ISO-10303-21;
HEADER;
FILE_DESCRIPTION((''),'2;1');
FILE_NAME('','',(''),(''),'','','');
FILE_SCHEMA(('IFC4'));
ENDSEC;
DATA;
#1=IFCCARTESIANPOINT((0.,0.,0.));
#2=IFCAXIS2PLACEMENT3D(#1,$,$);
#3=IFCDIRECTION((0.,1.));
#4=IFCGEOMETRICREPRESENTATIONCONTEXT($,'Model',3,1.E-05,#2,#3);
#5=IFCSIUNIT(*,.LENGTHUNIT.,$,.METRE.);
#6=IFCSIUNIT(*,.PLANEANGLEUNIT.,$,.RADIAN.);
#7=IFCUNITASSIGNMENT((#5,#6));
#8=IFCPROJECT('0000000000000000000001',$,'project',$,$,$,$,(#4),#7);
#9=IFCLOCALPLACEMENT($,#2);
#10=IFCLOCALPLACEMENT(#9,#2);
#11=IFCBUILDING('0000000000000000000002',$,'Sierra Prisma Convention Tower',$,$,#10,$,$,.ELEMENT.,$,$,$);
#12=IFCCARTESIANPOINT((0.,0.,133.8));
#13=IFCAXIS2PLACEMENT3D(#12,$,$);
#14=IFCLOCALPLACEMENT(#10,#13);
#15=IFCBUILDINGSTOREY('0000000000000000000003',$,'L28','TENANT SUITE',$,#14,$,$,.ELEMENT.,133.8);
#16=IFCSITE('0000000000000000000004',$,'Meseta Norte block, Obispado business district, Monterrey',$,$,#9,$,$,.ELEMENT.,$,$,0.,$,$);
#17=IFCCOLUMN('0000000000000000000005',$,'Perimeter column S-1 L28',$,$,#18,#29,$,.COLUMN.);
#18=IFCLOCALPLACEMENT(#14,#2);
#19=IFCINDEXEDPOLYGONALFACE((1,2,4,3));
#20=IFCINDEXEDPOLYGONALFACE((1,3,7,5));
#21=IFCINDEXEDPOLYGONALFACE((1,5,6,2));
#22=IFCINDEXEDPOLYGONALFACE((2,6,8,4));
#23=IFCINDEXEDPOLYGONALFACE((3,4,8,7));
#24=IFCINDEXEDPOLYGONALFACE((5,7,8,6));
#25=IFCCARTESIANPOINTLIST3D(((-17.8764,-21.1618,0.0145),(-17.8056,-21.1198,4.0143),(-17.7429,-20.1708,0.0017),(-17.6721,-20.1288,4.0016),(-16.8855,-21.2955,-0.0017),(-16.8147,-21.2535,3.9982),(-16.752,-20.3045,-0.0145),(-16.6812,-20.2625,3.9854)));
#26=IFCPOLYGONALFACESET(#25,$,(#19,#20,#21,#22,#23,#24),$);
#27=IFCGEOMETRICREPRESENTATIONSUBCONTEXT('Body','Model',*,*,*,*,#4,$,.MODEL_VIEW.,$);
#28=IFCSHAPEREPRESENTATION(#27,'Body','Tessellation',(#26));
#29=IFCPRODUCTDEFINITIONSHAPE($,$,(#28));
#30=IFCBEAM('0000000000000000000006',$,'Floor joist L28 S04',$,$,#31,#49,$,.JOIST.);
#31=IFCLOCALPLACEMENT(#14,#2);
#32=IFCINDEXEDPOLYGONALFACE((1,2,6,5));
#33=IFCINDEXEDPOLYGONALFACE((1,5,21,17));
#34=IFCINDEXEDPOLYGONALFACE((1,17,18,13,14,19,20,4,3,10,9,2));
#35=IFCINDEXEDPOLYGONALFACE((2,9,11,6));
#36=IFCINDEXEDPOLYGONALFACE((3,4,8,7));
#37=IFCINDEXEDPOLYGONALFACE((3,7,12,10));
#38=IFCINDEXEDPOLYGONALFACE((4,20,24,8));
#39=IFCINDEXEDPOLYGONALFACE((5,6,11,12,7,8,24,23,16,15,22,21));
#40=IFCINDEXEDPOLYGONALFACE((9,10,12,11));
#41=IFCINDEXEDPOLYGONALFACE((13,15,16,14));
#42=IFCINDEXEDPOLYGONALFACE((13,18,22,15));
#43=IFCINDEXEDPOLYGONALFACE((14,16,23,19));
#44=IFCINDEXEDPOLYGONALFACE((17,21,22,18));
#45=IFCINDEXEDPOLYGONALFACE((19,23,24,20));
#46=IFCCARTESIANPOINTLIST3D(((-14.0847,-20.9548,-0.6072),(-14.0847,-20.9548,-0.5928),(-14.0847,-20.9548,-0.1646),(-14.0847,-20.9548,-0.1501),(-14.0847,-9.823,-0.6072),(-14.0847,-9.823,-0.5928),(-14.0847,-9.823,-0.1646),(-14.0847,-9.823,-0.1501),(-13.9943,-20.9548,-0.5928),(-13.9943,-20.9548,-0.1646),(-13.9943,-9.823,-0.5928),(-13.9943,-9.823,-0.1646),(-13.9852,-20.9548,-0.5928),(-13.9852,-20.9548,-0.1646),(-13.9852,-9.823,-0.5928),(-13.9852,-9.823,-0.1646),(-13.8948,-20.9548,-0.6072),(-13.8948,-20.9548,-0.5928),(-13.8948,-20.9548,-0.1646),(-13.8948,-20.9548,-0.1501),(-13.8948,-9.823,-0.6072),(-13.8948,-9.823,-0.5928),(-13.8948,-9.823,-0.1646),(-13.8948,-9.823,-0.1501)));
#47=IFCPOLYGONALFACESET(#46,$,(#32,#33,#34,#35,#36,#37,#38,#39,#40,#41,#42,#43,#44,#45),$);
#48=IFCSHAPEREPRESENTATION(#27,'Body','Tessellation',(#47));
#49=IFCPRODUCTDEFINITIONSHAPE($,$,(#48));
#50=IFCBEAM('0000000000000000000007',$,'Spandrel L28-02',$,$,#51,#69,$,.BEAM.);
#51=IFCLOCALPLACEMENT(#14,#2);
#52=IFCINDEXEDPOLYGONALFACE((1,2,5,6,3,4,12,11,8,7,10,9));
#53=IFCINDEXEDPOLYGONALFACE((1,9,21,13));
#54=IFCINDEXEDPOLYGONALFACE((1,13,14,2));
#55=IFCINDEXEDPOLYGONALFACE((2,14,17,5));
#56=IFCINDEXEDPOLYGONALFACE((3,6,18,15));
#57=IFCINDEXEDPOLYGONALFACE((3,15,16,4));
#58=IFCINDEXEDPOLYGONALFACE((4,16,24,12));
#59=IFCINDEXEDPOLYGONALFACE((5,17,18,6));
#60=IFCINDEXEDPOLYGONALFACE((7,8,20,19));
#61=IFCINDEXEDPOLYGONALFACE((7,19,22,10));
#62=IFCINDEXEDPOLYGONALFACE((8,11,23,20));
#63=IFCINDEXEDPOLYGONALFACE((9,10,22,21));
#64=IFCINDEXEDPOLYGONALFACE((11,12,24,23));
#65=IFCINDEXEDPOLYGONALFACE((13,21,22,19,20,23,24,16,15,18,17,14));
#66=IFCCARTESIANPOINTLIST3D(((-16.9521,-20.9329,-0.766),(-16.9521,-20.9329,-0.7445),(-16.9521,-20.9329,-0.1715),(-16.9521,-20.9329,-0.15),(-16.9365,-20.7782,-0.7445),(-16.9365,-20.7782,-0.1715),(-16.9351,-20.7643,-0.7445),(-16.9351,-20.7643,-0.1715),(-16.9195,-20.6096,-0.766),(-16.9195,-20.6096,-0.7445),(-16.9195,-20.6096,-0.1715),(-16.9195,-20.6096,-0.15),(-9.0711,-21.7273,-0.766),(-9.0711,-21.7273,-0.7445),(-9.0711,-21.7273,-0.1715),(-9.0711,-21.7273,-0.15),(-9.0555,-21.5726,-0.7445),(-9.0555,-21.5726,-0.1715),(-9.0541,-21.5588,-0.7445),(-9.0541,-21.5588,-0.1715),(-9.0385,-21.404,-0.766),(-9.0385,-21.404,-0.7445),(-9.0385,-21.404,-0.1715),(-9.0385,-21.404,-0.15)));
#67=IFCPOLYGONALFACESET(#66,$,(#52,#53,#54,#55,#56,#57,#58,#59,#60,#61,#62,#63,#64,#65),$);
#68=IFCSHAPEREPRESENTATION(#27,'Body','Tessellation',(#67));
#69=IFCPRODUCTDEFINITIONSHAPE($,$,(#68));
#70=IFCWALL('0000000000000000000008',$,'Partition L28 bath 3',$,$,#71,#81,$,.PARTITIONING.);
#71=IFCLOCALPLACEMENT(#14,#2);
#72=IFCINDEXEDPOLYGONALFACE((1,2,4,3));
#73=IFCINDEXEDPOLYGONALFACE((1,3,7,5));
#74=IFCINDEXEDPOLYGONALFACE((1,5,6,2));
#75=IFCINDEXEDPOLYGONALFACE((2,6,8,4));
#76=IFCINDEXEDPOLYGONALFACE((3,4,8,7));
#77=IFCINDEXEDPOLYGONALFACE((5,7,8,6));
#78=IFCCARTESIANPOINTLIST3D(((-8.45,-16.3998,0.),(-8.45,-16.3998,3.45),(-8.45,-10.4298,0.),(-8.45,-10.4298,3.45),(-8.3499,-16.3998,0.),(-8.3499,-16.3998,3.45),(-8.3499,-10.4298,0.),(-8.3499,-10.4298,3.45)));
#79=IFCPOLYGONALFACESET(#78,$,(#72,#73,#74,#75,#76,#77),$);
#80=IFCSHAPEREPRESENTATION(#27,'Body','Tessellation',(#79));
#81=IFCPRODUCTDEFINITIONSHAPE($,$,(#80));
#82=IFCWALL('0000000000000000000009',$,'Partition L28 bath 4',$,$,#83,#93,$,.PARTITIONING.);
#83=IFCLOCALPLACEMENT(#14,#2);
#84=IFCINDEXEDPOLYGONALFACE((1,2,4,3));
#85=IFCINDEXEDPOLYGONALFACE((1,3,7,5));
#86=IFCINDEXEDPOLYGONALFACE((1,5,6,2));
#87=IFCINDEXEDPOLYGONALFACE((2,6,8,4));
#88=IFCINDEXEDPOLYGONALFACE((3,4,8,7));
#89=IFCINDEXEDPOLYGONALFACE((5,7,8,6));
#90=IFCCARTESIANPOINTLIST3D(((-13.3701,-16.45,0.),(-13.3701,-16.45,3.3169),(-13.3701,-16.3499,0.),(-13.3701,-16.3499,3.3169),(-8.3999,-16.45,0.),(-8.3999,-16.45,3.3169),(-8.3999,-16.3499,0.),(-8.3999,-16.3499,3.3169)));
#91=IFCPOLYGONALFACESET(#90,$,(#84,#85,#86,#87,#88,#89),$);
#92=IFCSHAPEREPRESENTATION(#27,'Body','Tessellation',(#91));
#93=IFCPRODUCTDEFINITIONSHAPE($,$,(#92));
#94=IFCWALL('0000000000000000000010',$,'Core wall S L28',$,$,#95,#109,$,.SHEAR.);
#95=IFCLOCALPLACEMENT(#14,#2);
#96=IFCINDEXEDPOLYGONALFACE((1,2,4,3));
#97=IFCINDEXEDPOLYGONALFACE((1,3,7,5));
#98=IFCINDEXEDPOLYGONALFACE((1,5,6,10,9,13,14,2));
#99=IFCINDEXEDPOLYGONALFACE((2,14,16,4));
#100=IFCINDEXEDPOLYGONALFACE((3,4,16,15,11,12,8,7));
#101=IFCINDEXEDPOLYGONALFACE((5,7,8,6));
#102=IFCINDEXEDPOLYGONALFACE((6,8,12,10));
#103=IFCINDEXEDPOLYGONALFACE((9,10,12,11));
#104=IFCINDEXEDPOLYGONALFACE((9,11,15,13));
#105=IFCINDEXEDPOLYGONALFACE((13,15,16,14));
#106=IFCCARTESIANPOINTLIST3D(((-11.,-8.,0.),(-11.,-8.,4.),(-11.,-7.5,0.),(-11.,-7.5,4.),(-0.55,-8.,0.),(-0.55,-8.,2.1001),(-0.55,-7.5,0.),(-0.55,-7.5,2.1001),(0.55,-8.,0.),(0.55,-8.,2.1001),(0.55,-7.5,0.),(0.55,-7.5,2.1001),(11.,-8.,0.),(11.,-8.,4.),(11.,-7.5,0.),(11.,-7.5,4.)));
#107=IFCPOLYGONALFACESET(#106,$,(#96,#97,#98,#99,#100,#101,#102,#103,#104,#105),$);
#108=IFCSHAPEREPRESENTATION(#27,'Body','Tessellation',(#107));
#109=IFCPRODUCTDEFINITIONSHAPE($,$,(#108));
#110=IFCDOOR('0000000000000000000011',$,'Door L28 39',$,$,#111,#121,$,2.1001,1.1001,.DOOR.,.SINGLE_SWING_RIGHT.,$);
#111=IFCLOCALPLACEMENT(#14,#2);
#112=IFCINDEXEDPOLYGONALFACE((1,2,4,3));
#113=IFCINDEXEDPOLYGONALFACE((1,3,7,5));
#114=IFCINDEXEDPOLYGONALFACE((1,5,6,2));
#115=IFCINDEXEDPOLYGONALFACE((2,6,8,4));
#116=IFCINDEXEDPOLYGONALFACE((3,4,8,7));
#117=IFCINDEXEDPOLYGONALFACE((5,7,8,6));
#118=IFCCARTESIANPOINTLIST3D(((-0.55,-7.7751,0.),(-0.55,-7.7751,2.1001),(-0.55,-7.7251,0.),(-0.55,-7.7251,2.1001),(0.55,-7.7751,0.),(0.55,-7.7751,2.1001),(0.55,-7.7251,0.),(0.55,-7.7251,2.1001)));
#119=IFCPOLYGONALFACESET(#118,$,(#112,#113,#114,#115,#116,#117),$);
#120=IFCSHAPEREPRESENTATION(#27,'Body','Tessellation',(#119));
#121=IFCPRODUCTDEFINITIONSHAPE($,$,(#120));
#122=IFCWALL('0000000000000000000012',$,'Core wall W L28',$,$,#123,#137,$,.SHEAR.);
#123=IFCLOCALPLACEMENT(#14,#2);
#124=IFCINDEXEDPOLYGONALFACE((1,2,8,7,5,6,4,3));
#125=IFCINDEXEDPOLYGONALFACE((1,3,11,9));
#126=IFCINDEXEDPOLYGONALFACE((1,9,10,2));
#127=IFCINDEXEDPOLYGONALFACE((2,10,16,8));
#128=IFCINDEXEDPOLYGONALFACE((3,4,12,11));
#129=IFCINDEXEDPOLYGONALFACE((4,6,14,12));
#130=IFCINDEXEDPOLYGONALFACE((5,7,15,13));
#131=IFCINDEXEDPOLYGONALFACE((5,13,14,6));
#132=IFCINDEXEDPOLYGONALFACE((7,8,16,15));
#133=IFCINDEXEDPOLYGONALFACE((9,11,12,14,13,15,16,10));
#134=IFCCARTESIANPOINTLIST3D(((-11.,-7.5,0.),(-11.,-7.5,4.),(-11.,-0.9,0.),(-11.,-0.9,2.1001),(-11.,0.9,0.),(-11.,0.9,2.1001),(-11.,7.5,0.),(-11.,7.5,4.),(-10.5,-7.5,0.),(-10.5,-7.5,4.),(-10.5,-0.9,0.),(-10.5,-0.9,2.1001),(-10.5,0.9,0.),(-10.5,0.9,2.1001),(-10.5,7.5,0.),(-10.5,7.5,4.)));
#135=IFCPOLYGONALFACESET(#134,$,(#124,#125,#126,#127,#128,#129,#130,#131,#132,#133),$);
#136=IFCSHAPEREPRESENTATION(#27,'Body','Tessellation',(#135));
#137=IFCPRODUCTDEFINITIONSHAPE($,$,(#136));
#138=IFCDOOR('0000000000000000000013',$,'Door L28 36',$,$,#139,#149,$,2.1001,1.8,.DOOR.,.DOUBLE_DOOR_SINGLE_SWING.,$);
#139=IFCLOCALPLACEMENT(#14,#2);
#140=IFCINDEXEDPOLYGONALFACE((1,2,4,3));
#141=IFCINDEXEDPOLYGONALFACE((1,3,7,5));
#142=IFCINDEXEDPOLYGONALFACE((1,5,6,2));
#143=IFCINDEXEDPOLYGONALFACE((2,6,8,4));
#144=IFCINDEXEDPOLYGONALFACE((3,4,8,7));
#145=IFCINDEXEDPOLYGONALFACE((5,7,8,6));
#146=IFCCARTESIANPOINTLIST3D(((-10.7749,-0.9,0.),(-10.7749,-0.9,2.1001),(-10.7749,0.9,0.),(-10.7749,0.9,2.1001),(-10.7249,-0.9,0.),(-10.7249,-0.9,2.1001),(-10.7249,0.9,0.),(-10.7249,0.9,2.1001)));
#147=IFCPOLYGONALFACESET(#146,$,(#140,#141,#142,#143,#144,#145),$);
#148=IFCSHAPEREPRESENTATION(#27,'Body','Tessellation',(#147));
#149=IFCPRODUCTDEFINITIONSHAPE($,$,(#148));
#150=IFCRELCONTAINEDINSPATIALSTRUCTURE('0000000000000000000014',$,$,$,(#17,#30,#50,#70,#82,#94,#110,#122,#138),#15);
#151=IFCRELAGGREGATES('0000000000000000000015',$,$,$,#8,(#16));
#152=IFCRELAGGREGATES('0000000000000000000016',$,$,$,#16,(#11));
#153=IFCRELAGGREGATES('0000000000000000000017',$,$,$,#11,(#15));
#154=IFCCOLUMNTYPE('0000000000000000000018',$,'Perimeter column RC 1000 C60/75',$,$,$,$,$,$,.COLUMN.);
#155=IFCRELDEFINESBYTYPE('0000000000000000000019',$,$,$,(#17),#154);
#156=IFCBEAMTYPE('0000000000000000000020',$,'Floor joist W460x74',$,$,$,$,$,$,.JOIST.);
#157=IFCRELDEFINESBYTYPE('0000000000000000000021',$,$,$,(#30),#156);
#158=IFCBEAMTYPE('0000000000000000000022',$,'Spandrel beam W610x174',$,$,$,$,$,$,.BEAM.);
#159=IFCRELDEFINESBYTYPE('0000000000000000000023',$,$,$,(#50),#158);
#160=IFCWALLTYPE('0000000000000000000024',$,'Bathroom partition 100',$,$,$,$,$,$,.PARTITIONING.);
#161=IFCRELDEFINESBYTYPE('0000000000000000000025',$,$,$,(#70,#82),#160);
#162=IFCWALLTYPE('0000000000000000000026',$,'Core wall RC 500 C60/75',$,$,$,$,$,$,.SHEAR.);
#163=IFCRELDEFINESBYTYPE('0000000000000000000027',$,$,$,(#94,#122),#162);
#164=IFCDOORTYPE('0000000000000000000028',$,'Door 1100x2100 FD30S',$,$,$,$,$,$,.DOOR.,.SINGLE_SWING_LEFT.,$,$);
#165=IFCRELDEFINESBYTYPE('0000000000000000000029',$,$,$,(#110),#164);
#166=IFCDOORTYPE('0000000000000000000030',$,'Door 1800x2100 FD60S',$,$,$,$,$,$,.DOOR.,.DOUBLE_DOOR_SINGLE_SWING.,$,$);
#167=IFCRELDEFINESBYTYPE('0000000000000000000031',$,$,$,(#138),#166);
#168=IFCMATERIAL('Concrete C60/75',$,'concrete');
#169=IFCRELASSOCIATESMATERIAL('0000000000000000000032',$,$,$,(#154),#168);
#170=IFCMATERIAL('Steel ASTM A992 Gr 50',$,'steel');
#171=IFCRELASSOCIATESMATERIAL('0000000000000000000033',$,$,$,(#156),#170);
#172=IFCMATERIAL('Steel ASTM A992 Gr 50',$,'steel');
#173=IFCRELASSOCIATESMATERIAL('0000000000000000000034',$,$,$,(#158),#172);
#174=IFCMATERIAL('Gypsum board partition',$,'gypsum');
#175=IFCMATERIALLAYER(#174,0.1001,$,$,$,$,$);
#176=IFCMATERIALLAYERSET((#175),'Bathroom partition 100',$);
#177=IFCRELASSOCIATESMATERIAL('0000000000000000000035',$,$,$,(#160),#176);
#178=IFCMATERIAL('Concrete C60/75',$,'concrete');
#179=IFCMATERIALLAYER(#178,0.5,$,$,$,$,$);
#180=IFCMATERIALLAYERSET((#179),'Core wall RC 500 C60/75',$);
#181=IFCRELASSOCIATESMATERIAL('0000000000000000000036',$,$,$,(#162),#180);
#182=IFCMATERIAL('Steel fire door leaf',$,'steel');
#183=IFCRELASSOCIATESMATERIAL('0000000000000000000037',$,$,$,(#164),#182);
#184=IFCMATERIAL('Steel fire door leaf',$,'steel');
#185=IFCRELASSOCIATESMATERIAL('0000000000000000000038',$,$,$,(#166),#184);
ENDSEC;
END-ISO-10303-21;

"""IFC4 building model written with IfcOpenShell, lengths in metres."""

from ifc_helpers import new_model, si_unit, direction, frame, frame_2d, origin, origin_2d, place, context, subcontext, project, spatial, rectangle, i_section, extrude, material, layer, layer_set, material_profile, profile_set, type_object, element, fill, save


model = new_model("IFC4")

# Units and contexts
model_context = context("Model", 3, precision=1e-05, world=origin(), true_north=direction((0.0, 1.0)))
body_context = subcontext(model_context, "Body", "Model", "MODEL_VIEW")
ifc_project = project(units=[si_unit("LENGTHUNIT", "METRE"), si_unit("PLANEANGLEUNIT", "RADIAN")], contexts=[model_context])

# Site, building, storey
site_placement = place(None, origin())
site = spatial("IfcSite", under=ifc_project, at=site_placement, Name="Meseta Norte block, Obispado business district, Monterrey", CompositionType="ELEMENT", RefElevation=0.0)
building_placement = place(site_placement, origin())
building = spatial("IfcBuilding", under=site, at=building_placement, Name="Sierra Prisma Convention Tower", CompositionType="ELEMENT")
storey_placement = place(building_placement, frame((0.0, 0.0, 133.8)))
storey = spatial("IfcBuildingStorey", under=building, at=storey_placement, Name="L28", Description="TENANT SUITE", CompositionType="ELEMENT", Elevation=133.8)

# Column
ifc_material_1 = material(Name="Concrete C60/75", Category="concrete")
ifc_material_profile_1 = material_profile(ifc_material_1, rectangle(XDim=1.0, YDim=1.0, at=origin_2d()), Name="Perimeter column RC 1000 C60/75")
ifc_profile_set_1 = profile_set([ifc_material_profile_1], Name="Concrete C60/75")
column_type = type_object("IfcColumnType", Name="Perimeter column RC 1000 C60/75", PredefinedType="COLUMN", material=ifc_profile_set_1)
column_placement = place(storey_placement, frame((-17.3142, -20.7332, 0.0), z_axis=(0.017696, 0.010496, 0.999788), x_axis=(-0.99089, 0.133706, 0.016135)))
element("IfcColumn", 1, at=column_placement, inside=storey, type_object=column_type, Name="Perimeter column S-1 L28", PredefinedType="COLUMN", context=body_context, shape_type="SweptSolid", body=[
    extrude(rectangle(XDim=1.0, YDim=1.0, at=origin_2d()), origin(), (0.0, 0.0, 1.0), 4.0007),
])

# Beams
ifc_material_2 = material(Name="Steel ASTM A992 Gr 50", Category="steel")
ifc_material_profile_2 = material_profile(ifc_material_2, i_section(OverallWidth=0.1899, OverallDepth=0.457, WebThickness=0.009, FlangeThickness=0.0144, at=origin_2d()), Name="W460x74")
ifc_profile_set_2 = profile_set([ifc_material_profile_2], Name="Steel ASTM A992 Gr 50")
beam_type_1 = type_object("IfcBeamType", Name="Floor joist W460x74", PredefinedType="JOIST", material=ifc_profile_set_2)
beam_1_placement = place(storey_placement, frame((-13.9897, -20.9548, -0.3787), z_axis=(0.0, 1.0, 0.0), x_axis=(-1.0, 0.0, 0.0)))
element("IfcBeam", 2, at=beam_1_placement, inside=storey, type_object=beam_type_1, Name="Floor joist L28 S04", PredefinedType="JOIST", context=body_context, shape_type="SweptSolid", body=[
    extrude(i_section(OverallWidth=0.1899, OverallDepth=0.457, WebThickness=0.009, FlangeThickness=0.0144, at=origin_2d()), origin(), (0.0, 0.0, 1.0), 11.1318),
])
ifc_material_3 = material(Name="Steel ASTM A992 Gr 50", Category="steel")
ifc_material_profile_3 = material_profile(ifc_material_3, i_section(OverallWidth=0.325, OverallDepth=0.616, WebThickness=0.0139, FlangeThickness=0.0215, at=origin_2d()), Name="W610x174")
ifc_profile_set_3 = profile_set([ifc_material_profile_3], Name="Steel ASTM A992 Gr 50")
beam_type_2 = type_object("IfcBeamType", Name="Spandrel beam W610x174", PredefinedType="BEAM", material=ifc_profile_set_3)
beam_2_placement = place(storey_placement, frame((-16.9358, -20.7712, -0.458), z_axis=(0.994958, -0.100297, 0.0), x_axis=(0.100297, 0.994958, 0.0)))
element("IfcBeam", 3, at=beam_2_placement, inside=storey, type_object=beam_type_2, Name="Spandrel L28-02", PredefinedType="BEAM", context=body_context, shape_type="SweptSolid", body=[
    extrude(i_section(OverallWidth=0.325, OverallDepth=0.616, WebThickness=0.0139, FlangeThickness=0.0215, at=origin_2d()), origin(), (0.0, 0.0, 1.0), 7.9209),
])

# Walls
ifc_material_4 = material(Name="Gypsum board partition", Category="gypsum")
ifc_layer_1 = layer(ifc_material_4, 0.1001)
ifc_layer_set_1 = layer_set([ifc_layer_1], Name="Bathroom partition 100")
wall_type_1 = type_object("IfcWallType", Name="Bathroom partition 100", PredefinedType="PARTITIONING", material=ifc_layer_set_1)
wall_1_placement = place(storey_placement, frame((-8.3999, -10.4299, 0.0), z_axis=(0.0, 0.0, 1.0), x_axis=(0.0, -1.0, 0.0)))
element("IfcWall", 4, at=wall_1_placement, inside=storey, type_object=wall_type_1, Name="Partition L28 bath 3", PredefinedType="PARTITIONING", context=body_context, shape_type="SweptSolid", body=[
    extrude(rectangle(XDim=5.97, YDim=0.1001, at=frame_2d((2.9849, 0.0))), origin(), (0.0, 0.0, 1.0), 3.45),
])
wall_2_placement = place(storey_placement, frame((-8.3999, -16.3999, 0.0), z_axis=(0.0, 0.0, 1.0), x_axis=(-1.0, 0.0, 0.0)))
element("IfcWall", 5, at=wall_2_placement, inside=storey, type_object=wall_type_1, Name="Partition L28 bath 4", PredefinedType="PARTITIONING", context=body_context, shape_type="SweptSolid", body=[
    extrude(rectangle(XDim=4.9702, YDim=0.1001, at=frame_2d((2.4851, 0.0))), origin(), (0.0, 0.0, 1.0), 3.3169),
])

# Walls, openings, doors
ifc_material_5 = material(Name="Concrete C60/75", Category="concrete")
ifc_layer_2 = layer(ifc_material_5, 0.5)
ifc_layer_set_2 = layer_set([ifc_layer_2], Name="Core wall RC 500 C60/75")
wall_type_2 = type_object("IfcWallType", Name="Core wall RC 500 C60/75", PredefinedType="SHEAR", material=ifc_layer_set_2)
wall_3_placement = place(storey_placement, frame((-11.0, -7.75, 0.0), z_axis=(0.0, 0.0, 1.0), x_axis=(1.0, 0.0, 0.0)))
wall_3 = element("IfcWall", 6, at=wall_3_placement, inside=storey, type_object=wall_type_2, Name="Core wall S L28", PredefinedType="SHEAR", context=body_context, shape_type="SweptSolid", body=[
    extrude(rectangle(XDim=22.0, YDim=0.5, at=frame_2d((11.0, 0.0))), origin(), (0.0, 0.0, 1.0), 4.0),
])
opening_1_placement = place(wall_3_placement, frame((10.45, 0.0, 0.0)))
opening_1 = element("IfcOpeningElement", 7, at=opening_1_placement, cuts=wall_3, PredefinedType="OPENING", context=body_context, shape_type="SweptSolid", body=[
    extrude(rectangle(XDim=1.1001, YDim=2.1001, at=frame_2d((0.55, 1.05))), frame((0.0, 0.25, 0.0), z_axis=(0.0, -1.0, 0.0), x_axis=(1.0, 0.0, 0.0)), (0.0, 0.0, 1.0), 0.5),
])
ifc_material_6 = material(Name="Steel fire door leaf", Category="steel")
door_type_1 = type_object("IfcDoorType", Name="Door 1100x2100 FD30S", OperationType="SINGLE_SWING_LEFT", PredefinedType="DOOR", material=ifc_material_6)
door_1_placement = place(opening_1_placement, origin())
door_1 = element("IfcDoor", 8, at=door_1_placement, inside=storey, type_object=door_type_1, Name="Door L28 39", OperationType="SINGLE_SWING_RIGHT", OverallHeight=2.1001, OverallWidth=1.1001, PredefinedType="DOOR", context=body_context, shape_type="SweptSolid", body=[
    extrude(rectangle(XDim=1.1001, YDim=2.1001, at=frame_2d((0.55, 1.05))), frame((0.0, 0.0249, 0.0), z_axis=(0.0, -1.0, 0.0), x_axis=(1.0, 0.0, 0.0)), (0.0, 0.0, 1.0), 0.05),
])
fill(opening_1, door_1)
wall_4_placement = place(storey_placement, frame((-10.75, -7.5, 0.0), z_axis=(0.0, 0.0, 1.0), x_axis=(0.0, 1.0, 0.0)))
wall_4 = element("IfcWall", 9, at=wall_4_placement, inside=storey, type_object=wall_type_2, Name="Core wall W L28", PredefinedType="SHEAR", context=body_context, shape_type="SweptSolid", body=[
    extrude(rectangle(XDim=15.0, YDim=0.5, at=frame_2d((7.5, 0.0))), origin(), (0.0, 0.0, 1.0), 4.0),
])
opening_2_placement = place(wall_4_placement, frame((6.6001, 0.0, 0.0)))
opening_2 = element("IfcOpeningElement", 10, at=opening_2_placement, cuts=wall_4, PredefinedType="OPENING", context=body_context, shape_type="SweptSolid", body=[
    extrude(rectangle(XDim=1.8, YDim=2.1001, at=frame_2d((0.8999, 1.05))), frame((0.0, 0.25, 0.0), z_axis=(0.0, -1.0, 0.0), x_axis=(1.0, 0.0, 0.0)), (0.0, 0.0, 1.0), 0.5),
])
ifc_material_7 = material(Name="Steel fire door leaf", Category="steel")
door_type_2 = type_object("IfcDoorType", Name="Door 1800x2100 FD60S", OperationType="DOUBLE_DOOR_SINGLE_SWING", PredefinedType="DOOR", material=ifc_material_7)
door_2_placement = place(opening_2_placement, origin())
door_2 = element("IfcDoor", 11, at=door_2_placement, inside=storey, type_object=door_type_2, Name="Door L28 36", OperationType="DOUBLE_DOOR_SINGLE_SWING", OverallHeight=2.1001, OverallWidth=1.8, PredefinedType="DOOR", context=body_context, shape_type="SweptSolid", body=[
    extrude(rectangle(XDim=1.8, YDim=2.1001, at=frame_2d((0.8999, 1.05))), frame((0.0, 0.0249, 0.0), z_axis=(0.0, -1.0, 0.0), x_axis=(1.0, 0.0, 0.0)), (0.0, 0.0, 1.0), 0.05),
])
fill(opening_2, door_2)

save(model, "model.ifc")
